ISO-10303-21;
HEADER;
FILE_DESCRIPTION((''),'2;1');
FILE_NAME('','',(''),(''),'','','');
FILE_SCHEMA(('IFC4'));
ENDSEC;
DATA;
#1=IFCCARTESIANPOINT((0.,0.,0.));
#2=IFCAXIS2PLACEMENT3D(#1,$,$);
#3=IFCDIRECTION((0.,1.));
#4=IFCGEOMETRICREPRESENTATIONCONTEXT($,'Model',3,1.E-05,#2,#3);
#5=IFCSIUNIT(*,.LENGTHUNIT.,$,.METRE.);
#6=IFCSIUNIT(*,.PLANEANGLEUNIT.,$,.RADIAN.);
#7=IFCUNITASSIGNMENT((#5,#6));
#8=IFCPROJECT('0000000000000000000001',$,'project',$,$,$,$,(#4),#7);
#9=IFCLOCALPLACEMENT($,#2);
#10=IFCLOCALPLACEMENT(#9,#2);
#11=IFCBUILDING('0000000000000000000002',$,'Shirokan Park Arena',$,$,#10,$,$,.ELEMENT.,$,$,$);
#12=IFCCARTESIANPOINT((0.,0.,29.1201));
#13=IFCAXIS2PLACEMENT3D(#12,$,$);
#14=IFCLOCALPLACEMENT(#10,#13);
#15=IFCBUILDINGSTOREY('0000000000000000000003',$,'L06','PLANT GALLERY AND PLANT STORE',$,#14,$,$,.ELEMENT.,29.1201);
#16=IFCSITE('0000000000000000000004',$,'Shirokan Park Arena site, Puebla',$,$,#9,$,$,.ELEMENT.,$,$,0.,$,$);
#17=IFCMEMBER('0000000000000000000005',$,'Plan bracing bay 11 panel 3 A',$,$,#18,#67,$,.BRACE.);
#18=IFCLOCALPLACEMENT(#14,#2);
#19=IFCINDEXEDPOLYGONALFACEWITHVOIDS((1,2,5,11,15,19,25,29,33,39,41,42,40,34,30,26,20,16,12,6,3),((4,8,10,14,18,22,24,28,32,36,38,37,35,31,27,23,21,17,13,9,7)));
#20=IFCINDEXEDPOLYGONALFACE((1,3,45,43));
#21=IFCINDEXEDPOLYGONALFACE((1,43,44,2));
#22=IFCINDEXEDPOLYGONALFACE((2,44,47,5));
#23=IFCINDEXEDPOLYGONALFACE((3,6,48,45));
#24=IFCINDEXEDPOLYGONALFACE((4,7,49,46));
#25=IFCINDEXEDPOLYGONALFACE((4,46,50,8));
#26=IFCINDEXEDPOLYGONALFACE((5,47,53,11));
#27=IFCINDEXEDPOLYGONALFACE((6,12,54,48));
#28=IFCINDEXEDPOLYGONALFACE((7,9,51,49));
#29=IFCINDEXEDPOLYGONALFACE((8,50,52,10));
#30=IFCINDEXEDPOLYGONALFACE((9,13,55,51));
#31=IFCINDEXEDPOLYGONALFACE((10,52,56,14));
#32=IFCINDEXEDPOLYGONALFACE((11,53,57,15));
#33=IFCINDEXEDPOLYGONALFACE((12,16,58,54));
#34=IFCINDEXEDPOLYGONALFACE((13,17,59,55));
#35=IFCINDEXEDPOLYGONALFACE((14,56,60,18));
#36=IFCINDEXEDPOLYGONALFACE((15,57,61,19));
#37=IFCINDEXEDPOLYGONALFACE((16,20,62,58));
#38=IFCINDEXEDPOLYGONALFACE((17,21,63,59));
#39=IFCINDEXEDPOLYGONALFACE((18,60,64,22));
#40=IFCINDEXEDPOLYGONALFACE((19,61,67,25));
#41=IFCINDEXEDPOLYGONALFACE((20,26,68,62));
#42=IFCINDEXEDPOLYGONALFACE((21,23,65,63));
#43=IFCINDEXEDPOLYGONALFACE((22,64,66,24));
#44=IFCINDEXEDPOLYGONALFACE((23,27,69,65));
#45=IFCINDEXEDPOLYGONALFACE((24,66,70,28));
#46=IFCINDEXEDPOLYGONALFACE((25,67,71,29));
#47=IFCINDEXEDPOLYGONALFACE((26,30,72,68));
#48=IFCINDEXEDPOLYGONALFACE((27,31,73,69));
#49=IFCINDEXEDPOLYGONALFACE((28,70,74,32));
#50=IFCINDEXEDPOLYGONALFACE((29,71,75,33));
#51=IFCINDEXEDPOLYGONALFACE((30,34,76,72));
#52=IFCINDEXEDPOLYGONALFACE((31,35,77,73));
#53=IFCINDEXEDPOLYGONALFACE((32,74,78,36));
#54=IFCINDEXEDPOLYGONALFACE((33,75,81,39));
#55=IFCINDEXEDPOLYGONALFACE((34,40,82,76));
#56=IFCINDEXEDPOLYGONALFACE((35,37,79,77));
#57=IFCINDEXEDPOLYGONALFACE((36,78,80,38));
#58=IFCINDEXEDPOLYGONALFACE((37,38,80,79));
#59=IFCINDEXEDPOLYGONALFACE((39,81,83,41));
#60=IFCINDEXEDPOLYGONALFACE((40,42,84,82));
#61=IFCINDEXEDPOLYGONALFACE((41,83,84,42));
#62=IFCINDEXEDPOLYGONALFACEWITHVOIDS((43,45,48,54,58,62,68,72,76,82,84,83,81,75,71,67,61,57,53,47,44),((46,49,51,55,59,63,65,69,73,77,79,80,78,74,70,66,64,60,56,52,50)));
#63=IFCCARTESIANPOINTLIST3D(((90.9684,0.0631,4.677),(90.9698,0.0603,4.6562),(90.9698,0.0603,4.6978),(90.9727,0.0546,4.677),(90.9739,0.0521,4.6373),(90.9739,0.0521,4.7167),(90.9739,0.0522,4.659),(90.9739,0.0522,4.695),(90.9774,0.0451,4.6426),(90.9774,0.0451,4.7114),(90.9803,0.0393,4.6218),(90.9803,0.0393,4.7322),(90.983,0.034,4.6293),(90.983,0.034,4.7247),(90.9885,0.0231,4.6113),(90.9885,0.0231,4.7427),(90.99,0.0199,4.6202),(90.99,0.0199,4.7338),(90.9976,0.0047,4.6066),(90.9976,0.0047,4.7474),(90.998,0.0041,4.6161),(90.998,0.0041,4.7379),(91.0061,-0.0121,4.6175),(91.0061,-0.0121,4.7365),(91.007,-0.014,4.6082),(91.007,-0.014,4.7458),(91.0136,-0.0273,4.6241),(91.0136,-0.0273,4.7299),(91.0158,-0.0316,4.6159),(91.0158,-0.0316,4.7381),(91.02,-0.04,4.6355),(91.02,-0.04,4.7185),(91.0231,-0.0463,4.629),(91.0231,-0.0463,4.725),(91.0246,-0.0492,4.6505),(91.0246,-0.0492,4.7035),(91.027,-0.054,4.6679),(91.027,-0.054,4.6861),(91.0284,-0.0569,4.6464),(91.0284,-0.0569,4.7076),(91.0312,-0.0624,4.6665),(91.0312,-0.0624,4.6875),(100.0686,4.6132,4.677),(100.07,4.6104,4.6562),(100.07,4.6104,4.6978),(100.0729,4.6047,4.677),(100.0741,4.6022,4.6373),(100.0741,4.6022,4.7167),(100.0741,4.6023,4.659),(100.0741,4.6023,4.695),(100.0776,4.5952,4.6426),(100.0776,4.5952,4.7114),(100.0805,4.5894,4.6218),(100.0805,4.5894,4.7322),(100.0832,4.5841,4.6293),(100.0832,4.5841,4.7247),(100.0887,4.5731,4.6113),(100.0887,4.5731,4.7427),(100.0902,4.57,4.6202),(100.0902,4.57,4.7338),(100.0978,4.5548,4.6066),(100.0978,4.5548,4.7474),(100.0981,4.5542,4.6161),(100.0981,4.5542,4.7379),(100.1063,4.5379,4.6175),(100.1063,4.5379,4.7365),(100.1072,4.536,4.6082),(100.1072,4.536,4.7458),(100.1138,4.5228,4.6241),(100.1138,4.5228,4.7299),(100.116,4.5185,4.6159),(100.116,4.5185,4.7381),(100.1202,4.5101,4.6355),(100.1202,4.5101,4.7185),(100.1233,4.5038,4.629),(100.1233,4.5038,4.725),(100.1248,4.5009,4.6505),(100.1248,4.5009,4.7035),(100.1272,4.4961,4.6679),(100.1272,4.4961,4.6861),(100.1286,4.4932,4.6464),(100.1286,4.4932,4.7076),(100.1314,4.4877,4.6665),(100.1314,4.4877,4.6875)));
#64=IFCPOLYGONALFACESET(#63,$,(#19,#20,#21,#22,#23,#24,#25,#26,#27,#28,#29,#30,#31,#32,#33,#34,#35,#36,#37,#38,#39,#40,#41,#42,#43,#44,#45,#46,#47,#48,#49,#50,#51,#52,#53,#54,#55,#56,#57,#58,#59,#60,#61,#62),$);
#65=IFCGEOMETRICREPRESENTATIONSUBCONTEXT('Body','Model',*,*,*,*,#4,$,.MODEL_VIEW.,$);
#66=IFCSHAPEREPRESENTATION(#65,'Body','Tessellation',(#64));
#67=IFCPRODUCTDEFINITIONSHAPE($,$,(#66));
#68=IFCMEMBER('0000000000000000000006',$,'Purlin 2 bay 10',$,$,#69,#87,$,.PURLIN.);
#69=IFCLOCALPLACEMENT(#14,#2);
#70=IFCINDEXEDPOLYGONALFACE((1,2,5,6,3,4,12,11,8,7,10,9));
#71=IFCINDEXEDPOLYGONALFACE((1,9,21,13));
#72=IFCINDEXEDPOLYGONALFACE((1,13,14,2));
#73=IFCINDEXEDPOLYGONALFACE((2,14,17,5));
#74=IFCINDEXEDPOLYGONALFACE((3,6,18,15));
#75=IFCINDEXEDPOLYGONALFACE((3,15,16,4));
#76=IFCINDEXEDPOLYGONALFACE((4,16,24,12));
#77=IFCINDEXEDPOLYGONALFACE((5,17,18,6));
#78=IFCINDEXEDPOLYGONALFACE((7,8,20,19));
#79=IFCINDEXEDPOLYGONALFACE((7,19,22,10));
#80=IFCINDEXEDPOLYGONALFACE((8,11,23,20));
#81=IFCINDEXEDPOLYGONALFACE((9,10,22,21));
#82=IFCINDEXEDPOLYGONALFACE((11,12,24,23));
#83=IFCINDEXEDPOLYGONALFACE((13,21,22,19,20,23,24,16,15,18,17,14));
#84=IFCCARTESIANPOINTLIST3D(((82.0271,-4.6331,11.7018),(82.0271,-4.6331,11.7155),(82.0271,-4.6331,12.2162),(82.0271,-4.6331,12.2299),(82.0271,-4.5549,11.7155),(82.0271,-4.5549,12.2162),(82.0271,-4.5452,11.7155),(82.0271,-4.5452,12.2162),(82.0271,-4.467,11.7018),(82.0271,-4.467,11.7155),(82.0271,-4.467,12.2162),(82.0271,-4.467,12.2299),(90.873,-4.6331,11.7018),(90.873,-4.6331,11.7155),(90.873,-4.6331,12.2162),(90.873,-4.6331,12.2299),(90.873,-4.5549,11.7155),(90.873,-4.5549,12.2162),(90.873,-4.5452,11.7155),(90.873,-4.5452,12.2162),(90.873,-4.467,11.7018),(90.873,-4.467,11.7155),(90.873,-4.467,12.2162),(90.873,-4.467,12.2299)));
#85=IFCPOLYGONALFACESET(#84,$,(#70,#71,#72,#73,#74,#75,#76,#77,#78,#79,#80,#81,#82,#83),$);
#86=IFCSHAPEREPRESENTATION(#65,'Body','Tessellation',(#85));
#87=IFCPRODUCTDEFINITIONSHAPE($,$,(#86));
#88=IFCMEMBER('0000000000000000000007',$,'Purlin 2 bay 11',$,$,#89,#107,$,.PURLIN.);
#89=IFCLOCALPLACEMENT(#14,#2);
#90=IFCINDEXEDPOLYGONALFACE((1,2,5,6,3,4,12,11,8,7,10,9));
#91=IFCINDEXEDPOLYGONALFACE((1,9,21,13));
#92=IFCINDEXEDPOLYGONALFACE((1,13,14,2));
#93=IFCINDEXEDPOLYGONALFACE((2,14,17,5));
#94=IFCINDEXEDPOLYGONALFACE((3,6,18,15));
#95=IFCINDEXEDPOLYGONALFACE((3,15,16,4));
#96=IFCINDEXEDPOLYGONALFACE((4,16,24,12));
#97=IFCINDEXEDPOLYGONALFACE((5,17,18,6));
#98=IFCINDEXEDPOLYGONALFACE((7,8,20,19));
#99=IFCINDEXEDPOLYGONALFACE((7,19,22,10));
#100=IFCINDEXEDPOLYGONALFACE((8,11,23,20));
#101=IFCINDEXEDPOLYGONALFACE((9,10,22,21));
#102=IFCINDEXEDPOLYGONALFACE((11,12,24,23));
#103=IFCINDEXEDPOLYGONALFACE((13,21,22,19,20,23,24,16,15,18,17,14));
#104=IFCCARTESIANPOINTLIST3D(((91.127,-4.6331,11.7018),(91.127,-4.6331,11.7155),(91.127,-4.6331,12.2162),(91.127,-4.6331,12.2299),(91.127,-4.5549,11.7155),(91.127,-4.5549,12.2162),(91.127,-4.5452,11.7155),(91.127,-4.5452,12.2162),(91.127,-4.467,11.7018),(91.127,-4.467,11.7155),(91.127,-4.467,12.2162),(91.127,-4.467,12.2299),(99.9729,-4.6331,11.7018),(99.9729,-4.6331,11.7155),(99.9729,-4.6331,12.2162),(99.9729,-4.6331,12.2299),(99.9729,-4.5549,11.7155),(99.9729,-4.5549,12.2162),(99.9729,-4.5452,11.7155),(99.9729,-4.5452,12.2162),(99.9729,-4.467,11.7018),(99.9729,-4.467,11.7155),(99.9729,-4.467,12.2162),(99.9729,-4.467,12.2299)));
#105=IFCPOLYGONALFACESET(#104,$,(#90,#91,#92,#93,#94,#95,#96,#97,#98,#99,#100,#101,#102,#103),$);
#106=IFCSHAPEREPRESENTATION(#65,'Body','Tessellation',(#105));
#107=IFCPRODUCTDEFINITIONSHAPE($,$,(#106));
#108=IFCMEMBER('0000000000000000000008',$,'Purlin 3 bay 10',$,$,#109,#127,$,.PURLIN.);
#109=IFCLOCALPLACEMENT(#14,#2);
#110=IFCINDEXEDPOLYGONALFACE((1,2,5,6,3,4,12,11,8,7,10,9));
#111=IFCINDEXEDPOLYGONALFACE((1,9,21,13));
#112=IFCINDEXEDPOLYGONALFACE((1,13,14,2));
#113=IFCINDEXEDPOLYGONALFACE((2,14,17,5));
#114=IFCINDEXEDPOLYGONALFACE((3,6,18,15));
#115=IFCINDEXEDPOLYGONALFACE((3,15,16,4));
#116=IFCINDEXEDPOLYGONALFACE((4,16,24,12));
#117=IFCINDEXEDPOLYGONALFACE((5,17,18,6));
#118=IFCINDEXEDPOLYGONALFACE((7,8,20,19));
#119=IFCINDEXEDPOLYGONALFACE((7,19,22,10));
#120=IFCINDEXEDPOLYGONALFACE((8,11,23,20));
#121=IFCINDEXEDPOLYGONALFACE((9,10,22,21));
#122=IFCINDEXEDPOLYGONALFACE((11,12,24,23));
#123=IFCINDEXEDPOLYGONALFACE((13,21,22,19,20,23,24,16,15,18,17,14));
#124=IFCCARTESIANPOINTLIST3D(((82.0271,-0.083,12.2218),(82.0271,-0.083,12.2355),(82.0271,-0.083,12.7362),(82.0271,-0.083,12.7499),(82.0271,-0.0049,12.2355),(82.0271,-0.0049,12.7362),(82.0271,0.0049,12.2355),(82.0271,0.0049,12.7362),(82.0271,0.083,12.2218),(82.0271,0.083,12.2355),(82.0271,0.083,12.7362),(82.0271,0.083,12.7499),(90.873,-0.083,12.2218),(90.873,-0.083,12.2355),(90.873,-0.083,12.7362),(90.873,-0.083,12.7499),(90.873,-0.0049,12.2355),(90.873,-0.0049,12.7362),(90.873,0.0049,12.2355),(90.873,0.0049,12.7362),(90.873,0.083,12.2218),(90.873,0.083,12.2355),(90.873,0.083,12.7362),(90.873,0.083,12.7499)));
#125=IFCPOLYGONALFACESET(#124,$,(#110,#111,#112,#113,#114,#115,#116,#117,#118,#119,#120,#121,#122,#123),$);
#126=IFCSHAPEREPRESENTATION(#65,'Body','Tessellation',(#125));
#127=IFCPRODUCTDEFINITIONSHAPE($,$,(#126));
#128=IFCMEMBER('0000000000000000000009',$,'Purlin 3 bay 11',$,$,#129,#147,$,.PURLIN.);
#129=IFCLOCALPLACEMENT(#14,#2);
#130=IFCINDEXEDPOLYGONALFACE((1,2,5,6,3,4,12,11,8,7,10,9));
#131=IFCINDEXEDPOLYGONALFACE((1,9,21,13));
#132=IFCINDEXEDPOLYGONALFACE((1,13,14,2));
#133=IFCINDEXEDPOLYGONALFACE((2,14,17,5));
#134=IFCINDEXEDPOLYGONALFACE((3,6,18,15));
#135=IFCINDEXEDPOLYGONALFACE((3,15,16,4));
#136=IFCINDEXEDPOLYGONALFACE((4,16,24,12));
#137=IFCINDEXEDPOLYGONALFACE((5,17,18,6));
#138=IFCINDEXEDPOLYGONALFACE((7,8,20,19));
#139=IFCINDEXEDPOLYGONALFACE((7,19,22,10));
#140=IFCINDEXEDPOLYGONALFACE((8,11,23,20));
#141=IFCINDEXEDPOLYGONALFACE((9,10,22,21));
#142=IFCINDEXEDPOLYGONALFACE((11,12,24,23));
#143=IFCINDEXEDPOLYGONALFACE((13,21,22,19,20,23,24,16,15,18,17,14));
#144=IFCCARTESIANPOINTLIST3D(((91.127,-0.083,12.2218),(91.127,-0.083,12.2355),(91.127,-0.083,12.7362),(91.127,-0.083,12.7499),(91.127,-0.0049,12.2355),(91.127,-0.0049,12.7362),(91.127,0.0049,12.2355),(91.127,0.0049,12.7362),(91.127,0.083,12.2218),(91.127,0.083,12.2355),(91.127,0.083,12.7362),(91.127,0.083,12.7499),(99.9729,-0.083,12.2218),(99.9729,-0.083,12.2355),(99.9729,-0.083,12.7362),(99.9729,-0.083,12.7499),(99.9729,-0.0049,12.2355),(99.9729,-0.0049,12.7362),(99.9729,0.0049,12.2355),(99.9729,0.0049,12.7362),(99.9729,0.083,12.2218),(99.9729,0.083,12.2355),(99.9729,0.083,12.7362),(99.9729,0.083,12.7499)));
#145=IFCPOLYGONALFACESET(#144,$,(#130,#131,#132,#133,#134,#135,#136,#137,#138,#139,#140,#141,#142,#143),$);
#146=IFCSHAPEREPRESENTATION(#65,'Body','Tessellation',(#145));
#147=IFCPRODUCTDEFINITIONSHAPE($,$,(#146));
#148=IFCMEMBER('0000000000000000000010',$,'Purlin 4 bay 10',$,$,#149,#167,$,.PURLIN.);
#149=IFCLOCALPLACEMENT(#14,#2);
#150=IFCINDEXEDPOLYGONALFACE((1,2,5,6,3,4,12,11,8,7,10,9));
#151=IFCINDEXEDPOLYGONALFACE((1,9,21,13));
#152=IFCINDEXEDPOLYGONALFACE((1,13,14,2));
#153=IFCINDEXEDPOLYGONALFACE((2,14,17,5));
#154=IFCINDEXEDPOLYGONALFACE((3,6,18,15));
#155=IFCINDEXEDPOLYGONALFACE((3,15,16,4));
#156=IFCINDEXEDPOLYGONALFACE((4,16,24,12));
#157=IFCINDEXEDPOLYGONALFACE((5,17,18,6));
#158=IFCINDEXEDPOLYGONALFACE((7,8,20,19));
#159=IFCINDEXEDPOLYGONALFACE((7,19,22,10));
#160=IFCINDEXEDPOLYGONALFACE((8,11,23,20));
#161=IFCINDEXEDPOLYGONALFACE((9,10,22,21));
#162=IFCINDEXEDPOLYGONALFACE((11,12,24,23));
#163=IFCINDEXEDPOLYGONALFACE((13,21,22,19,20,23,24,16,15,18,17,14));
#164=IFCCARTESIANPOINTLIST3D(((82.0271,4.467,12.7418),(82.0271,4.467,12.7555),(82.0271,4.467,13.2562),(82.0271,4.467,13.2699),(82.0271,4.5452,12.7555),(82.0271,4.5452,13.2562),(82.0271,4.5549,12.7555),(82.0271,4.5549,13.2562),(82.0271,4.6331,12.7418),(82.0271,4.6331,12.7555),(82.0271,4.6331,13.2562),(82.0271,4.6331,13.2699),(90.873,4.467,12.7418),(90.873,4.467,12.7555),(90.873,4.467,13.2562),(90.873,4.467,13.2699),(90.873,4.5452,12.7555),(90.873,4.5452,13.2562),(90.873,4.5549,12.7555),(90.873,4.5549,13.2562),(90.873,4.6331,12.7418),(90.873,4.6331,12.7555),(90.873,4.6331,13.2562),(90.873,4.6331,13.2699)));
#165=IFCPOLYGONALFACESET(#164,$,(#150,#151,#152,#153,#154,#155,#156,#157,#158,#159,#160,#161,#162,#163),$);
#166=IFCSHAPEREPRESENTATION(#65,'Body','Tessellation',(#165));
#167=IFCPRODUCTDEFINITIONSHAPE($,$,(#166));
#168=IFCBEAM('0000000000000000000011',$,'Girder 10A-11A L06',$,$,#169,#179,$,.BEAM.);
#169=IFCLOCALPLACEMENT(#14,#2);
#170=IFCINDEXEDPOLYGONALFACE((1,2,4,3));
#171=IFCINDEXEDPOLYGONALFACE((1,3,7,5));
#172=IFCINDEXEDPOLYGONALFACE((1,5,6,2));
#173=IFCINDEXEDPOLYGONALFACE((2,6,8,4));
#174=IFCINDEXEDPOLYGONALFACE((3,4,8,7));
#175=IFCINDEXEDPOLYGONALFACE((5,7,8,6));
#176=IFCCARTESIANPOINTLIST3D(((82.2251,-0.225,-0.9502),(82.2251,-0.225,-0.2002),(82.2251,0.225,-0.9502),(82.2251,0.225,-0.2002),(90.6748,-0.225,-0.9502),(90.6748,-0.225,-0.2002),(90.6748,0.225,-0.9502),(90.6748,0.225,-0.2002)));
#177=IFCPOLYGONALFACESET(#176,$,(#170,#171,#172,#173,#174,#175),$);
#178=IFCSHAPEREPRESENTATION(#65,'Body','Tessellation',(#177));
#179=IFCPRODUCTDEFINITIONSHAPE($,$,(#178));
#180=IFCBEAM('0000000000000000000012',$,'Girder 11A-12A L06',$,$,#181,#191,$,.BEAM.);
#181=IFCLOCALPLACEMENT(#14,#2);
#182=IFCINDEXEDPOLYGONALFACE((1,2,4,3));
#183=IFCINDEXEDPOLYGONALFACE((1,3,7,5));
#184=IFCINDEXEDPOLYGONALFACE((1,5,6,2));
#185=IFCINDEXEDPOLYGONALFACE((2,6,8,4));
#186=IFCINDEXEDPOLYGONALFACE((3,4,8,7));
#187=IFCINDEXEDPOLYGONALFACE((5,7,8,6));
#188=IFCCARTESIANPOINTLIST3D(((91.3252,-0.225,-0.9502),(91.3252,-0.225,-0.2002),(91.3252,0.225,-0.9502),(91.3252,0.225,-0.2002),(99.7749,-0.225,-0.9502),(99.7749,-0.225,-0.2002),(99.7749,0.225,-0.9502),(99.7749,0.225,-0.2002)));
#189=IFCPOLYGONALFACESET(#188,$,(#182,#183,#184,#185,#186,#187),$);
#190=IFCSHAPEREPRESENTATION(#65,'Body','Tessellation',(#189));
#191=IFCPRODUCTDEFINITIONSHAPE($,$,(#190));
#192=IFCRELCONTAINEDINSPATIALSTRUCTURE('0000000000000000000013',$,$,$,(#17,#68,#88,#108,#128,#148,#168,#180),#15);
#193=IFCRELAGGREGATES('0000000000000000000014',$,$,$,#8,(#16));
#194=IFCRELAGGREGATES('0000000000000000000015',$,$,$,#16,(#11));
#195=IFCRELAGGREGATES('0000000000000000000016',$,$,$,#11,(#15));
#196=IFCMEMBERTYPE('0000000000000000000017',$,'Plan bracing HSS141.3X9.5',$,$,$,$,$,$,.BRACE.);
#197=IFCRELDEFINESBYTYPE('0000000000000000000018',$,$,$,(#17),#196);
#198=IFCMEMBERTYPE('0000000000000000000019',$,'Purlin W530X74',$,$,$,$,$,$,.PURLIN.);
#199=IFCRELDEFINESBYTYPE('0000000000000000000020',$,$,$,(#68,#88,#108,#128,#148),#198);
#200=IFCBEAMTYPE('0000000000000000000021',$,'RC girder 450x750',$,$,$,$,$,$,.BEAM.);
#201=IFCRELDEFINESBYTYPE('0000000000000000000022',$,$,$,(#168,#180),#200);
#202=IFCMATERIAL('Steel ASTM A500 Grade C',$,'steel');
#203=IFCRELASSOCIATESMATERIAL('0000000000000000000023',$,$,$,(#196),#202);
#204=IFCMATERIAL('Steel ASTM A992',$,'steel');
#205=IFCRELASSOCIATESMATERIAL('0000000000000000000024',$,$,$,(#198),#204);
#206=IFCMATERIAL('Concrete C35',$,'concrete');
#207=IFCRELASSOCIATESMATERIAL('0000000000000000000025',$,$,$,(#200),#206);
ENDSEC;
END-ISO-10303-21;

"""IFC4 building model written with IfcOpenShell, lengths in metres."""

from ifc_helpers import new_model, si_unit, direction, frame, origin, origin_2d, place, context, subcontext, project, spatial, rectangle, hollow_circle, i_section, extrude, material, material_profile, profile_set, type_object, element, save


model = new_model("IFC4")

# Units and contexts
model_context = context("Model", 3, precision=1e-05, world=origin(), true_north=direction((0.0, 1.0)))
body_context = subcontext(model_context, "Body", "Model", "MODEL_VIEW")
ifc_project = project(units=[si_unit("LENGTHUNIT", "METRE"), si_unit("PLANEANGLEUNIT", "RADIAN")], contexts=[model_context])

# Site, building, storey
site_placement = place(None, origin())
site = spatial("IfcSite", under=ifc_project, at=site_placement, Name="Shirokan Park Arena site, Puebla", CompositionType="ELEMENT", RefElevation=0.0)
building_placement = place(site_placement, origin())
building = spatial("IfcBuilding", under=site, at=building_placement, Name="Shirokan Park Arena", CompositionType="ELEMENT")
storey_placement = place(building_placement, frame((0.0, 0.0, 29.1201)))
storey = spatial("IfcBuildingStorey", under=building, at=storey_placement, Name="L06", Description="PLANT GALLERY AND PLANT STORE", CompositionType="ELEMENT", Elevation=29.1201)

# Shared definitions
ifc_material_1 = material(Name="Concrete C35", Category="concrete")

# Members
ifc_material_2 = material(Name="Steel ASTM A500 Grade C", Category="steel")
ifc_material_profile_1 = material_profile(ifc_material_2, hollow_circle(Radius=0.0706, WallThickness=0.0095, at=origin_2d()), Name="HSS141.3X9.5")
ifc_profile_set_1 = profile_set([ifc_material_profile_1], Name="Steel ASTM A500 Grade C")
member_type_1 = type_object("IfcMemberType", Name="Plan bracing HSS141.3X9.5", PredefinedType="BRACE", material=ifc_profile_set_1)
member_1_placement = place(storey_placement, frame((91.0, 0.0, 4.677), z_axis=(0.894427, 0.447214, 0.0), x_axis=(-0.447214, 0.894427, 0.0)))
element("IfcMember", 1, at=member_1_placement, inside=storey, type_object=member_type_1, Name="Plan bracing bay 11 panel 3 A", PredefinedType="BRACE", context=body_context, shape_type="SweptSolid", body=[
    extrude(hollow_circle(Radius=0.0706, WallThickness=0.0095, at=origin_2d()), origin(), (0.0, 0.0, 1.0), 10.1743),
])
ifc_material_3 = material(Name="Steel ASTM A992", Category="steel")
ifc_material_profile_2 = material_profile(ifc_material_3, i_section(OverallWidth=0.166, OverallDepth=0.5281, WebThickness=0.0098, FlangeThickness=0.0137, at=origin_2d()), Name="W530X74")
ifc_profile_set_2 = profile_set([ifc_material_profile_2], Name="Steel ASTM A992")
member_type_2 = type_object("IfcMemberType", Name="Purlin W530X74", PredefinedType="PURLIN", material=ifc_profile_set_2)
for number, where, z_axis, x_axis, name in (
    (2, (82.0271, -4.55, 11.9658), (1.0, 0.0, 0.0), (0.0, 1.0, 0.0), "Purlin 2 bay 10"),
    (3, (91.127, -4.55, 11.9658), (1.0, 0.0, 0.0), (0.0, 1.0, 0.0), "Purlin 2 bay 11"),
    (4, (82.0271, 0.0, 12.4858), (1.0, 0.0, 0.0), (0.0, 1.0, 0.0), "Purlin 3 bay 10"),
    (5, (91.127, 0.0, 12.4858), (1.0, 0.0, 0.0), (0.0, 1.0, 0.0), "Purlin 3 bay 11"),
    (6, (82.0271, 4.55, 13.0059), (1.0, 0.0, 0.0), (0.0, 1.0, 0.0), "Purlin 4 bay 10"),
):
    element("IfcMember", number, at=place(storey_placement, frame(where, z_axis=z_axis, x_axis=x_axis)), inside=storey, type_object=member_type_2, Name=name, PredefinedType="PURLIN", context=body_context, shape_type="SweptSolid", body=[
        extrude(i_section(OverallWidth=0.166, OverallDepth=0.5281, WebThickness=0.0098, FlangeThickness=0.0137, at=origin_2d()), origin(), (0.0, 0.0, 1.0), 8.8459),
    ])

# Beams
ifc_material_profile_3 = material_profile(ifc_material_1, rectangle(XDim=0.45, YDim=0.75, at=origin_2d()), Name="450x750")
ifc_profile_set_3 = profile_set([ifc_material_profile_3], Name="Concrete C35")
beam_type = type_object("IfcBeamType", Name="RC girder 450x750", PredefinedType="BEAM", material=ifc_profile_set_3)
for number, where, z_axis, x_axis, name in (
    (7, (82.2251, 0.0, -0.5752), (1.0, 0.0, 0.0), (0.0, 1.0, 0.0), "Girder 10A-11A L06"),
    (8, (91.3252, 0.0, -0.5752), (1.0, 0.0, 0.0), (0.0, 1.0, 0.0), "Girder 11A-12A L06"),
):
    element("IfcBeam", number, at=place(storey_placement, frame(where, z_axis=z_axis, x_axis=x_axis)), inside=storey, type_object=beam_type, Name=name, PredefinedType="BEAM", context=body_context, shape_type="SweptSolid", body=[
        extrude(rectangle(XDim=0.45, YDim=0.75, at=origin_2d()), origin(), (0.0, 0.0, 1.0), 8.4497),
    ])

save(model, "model.ifc")
